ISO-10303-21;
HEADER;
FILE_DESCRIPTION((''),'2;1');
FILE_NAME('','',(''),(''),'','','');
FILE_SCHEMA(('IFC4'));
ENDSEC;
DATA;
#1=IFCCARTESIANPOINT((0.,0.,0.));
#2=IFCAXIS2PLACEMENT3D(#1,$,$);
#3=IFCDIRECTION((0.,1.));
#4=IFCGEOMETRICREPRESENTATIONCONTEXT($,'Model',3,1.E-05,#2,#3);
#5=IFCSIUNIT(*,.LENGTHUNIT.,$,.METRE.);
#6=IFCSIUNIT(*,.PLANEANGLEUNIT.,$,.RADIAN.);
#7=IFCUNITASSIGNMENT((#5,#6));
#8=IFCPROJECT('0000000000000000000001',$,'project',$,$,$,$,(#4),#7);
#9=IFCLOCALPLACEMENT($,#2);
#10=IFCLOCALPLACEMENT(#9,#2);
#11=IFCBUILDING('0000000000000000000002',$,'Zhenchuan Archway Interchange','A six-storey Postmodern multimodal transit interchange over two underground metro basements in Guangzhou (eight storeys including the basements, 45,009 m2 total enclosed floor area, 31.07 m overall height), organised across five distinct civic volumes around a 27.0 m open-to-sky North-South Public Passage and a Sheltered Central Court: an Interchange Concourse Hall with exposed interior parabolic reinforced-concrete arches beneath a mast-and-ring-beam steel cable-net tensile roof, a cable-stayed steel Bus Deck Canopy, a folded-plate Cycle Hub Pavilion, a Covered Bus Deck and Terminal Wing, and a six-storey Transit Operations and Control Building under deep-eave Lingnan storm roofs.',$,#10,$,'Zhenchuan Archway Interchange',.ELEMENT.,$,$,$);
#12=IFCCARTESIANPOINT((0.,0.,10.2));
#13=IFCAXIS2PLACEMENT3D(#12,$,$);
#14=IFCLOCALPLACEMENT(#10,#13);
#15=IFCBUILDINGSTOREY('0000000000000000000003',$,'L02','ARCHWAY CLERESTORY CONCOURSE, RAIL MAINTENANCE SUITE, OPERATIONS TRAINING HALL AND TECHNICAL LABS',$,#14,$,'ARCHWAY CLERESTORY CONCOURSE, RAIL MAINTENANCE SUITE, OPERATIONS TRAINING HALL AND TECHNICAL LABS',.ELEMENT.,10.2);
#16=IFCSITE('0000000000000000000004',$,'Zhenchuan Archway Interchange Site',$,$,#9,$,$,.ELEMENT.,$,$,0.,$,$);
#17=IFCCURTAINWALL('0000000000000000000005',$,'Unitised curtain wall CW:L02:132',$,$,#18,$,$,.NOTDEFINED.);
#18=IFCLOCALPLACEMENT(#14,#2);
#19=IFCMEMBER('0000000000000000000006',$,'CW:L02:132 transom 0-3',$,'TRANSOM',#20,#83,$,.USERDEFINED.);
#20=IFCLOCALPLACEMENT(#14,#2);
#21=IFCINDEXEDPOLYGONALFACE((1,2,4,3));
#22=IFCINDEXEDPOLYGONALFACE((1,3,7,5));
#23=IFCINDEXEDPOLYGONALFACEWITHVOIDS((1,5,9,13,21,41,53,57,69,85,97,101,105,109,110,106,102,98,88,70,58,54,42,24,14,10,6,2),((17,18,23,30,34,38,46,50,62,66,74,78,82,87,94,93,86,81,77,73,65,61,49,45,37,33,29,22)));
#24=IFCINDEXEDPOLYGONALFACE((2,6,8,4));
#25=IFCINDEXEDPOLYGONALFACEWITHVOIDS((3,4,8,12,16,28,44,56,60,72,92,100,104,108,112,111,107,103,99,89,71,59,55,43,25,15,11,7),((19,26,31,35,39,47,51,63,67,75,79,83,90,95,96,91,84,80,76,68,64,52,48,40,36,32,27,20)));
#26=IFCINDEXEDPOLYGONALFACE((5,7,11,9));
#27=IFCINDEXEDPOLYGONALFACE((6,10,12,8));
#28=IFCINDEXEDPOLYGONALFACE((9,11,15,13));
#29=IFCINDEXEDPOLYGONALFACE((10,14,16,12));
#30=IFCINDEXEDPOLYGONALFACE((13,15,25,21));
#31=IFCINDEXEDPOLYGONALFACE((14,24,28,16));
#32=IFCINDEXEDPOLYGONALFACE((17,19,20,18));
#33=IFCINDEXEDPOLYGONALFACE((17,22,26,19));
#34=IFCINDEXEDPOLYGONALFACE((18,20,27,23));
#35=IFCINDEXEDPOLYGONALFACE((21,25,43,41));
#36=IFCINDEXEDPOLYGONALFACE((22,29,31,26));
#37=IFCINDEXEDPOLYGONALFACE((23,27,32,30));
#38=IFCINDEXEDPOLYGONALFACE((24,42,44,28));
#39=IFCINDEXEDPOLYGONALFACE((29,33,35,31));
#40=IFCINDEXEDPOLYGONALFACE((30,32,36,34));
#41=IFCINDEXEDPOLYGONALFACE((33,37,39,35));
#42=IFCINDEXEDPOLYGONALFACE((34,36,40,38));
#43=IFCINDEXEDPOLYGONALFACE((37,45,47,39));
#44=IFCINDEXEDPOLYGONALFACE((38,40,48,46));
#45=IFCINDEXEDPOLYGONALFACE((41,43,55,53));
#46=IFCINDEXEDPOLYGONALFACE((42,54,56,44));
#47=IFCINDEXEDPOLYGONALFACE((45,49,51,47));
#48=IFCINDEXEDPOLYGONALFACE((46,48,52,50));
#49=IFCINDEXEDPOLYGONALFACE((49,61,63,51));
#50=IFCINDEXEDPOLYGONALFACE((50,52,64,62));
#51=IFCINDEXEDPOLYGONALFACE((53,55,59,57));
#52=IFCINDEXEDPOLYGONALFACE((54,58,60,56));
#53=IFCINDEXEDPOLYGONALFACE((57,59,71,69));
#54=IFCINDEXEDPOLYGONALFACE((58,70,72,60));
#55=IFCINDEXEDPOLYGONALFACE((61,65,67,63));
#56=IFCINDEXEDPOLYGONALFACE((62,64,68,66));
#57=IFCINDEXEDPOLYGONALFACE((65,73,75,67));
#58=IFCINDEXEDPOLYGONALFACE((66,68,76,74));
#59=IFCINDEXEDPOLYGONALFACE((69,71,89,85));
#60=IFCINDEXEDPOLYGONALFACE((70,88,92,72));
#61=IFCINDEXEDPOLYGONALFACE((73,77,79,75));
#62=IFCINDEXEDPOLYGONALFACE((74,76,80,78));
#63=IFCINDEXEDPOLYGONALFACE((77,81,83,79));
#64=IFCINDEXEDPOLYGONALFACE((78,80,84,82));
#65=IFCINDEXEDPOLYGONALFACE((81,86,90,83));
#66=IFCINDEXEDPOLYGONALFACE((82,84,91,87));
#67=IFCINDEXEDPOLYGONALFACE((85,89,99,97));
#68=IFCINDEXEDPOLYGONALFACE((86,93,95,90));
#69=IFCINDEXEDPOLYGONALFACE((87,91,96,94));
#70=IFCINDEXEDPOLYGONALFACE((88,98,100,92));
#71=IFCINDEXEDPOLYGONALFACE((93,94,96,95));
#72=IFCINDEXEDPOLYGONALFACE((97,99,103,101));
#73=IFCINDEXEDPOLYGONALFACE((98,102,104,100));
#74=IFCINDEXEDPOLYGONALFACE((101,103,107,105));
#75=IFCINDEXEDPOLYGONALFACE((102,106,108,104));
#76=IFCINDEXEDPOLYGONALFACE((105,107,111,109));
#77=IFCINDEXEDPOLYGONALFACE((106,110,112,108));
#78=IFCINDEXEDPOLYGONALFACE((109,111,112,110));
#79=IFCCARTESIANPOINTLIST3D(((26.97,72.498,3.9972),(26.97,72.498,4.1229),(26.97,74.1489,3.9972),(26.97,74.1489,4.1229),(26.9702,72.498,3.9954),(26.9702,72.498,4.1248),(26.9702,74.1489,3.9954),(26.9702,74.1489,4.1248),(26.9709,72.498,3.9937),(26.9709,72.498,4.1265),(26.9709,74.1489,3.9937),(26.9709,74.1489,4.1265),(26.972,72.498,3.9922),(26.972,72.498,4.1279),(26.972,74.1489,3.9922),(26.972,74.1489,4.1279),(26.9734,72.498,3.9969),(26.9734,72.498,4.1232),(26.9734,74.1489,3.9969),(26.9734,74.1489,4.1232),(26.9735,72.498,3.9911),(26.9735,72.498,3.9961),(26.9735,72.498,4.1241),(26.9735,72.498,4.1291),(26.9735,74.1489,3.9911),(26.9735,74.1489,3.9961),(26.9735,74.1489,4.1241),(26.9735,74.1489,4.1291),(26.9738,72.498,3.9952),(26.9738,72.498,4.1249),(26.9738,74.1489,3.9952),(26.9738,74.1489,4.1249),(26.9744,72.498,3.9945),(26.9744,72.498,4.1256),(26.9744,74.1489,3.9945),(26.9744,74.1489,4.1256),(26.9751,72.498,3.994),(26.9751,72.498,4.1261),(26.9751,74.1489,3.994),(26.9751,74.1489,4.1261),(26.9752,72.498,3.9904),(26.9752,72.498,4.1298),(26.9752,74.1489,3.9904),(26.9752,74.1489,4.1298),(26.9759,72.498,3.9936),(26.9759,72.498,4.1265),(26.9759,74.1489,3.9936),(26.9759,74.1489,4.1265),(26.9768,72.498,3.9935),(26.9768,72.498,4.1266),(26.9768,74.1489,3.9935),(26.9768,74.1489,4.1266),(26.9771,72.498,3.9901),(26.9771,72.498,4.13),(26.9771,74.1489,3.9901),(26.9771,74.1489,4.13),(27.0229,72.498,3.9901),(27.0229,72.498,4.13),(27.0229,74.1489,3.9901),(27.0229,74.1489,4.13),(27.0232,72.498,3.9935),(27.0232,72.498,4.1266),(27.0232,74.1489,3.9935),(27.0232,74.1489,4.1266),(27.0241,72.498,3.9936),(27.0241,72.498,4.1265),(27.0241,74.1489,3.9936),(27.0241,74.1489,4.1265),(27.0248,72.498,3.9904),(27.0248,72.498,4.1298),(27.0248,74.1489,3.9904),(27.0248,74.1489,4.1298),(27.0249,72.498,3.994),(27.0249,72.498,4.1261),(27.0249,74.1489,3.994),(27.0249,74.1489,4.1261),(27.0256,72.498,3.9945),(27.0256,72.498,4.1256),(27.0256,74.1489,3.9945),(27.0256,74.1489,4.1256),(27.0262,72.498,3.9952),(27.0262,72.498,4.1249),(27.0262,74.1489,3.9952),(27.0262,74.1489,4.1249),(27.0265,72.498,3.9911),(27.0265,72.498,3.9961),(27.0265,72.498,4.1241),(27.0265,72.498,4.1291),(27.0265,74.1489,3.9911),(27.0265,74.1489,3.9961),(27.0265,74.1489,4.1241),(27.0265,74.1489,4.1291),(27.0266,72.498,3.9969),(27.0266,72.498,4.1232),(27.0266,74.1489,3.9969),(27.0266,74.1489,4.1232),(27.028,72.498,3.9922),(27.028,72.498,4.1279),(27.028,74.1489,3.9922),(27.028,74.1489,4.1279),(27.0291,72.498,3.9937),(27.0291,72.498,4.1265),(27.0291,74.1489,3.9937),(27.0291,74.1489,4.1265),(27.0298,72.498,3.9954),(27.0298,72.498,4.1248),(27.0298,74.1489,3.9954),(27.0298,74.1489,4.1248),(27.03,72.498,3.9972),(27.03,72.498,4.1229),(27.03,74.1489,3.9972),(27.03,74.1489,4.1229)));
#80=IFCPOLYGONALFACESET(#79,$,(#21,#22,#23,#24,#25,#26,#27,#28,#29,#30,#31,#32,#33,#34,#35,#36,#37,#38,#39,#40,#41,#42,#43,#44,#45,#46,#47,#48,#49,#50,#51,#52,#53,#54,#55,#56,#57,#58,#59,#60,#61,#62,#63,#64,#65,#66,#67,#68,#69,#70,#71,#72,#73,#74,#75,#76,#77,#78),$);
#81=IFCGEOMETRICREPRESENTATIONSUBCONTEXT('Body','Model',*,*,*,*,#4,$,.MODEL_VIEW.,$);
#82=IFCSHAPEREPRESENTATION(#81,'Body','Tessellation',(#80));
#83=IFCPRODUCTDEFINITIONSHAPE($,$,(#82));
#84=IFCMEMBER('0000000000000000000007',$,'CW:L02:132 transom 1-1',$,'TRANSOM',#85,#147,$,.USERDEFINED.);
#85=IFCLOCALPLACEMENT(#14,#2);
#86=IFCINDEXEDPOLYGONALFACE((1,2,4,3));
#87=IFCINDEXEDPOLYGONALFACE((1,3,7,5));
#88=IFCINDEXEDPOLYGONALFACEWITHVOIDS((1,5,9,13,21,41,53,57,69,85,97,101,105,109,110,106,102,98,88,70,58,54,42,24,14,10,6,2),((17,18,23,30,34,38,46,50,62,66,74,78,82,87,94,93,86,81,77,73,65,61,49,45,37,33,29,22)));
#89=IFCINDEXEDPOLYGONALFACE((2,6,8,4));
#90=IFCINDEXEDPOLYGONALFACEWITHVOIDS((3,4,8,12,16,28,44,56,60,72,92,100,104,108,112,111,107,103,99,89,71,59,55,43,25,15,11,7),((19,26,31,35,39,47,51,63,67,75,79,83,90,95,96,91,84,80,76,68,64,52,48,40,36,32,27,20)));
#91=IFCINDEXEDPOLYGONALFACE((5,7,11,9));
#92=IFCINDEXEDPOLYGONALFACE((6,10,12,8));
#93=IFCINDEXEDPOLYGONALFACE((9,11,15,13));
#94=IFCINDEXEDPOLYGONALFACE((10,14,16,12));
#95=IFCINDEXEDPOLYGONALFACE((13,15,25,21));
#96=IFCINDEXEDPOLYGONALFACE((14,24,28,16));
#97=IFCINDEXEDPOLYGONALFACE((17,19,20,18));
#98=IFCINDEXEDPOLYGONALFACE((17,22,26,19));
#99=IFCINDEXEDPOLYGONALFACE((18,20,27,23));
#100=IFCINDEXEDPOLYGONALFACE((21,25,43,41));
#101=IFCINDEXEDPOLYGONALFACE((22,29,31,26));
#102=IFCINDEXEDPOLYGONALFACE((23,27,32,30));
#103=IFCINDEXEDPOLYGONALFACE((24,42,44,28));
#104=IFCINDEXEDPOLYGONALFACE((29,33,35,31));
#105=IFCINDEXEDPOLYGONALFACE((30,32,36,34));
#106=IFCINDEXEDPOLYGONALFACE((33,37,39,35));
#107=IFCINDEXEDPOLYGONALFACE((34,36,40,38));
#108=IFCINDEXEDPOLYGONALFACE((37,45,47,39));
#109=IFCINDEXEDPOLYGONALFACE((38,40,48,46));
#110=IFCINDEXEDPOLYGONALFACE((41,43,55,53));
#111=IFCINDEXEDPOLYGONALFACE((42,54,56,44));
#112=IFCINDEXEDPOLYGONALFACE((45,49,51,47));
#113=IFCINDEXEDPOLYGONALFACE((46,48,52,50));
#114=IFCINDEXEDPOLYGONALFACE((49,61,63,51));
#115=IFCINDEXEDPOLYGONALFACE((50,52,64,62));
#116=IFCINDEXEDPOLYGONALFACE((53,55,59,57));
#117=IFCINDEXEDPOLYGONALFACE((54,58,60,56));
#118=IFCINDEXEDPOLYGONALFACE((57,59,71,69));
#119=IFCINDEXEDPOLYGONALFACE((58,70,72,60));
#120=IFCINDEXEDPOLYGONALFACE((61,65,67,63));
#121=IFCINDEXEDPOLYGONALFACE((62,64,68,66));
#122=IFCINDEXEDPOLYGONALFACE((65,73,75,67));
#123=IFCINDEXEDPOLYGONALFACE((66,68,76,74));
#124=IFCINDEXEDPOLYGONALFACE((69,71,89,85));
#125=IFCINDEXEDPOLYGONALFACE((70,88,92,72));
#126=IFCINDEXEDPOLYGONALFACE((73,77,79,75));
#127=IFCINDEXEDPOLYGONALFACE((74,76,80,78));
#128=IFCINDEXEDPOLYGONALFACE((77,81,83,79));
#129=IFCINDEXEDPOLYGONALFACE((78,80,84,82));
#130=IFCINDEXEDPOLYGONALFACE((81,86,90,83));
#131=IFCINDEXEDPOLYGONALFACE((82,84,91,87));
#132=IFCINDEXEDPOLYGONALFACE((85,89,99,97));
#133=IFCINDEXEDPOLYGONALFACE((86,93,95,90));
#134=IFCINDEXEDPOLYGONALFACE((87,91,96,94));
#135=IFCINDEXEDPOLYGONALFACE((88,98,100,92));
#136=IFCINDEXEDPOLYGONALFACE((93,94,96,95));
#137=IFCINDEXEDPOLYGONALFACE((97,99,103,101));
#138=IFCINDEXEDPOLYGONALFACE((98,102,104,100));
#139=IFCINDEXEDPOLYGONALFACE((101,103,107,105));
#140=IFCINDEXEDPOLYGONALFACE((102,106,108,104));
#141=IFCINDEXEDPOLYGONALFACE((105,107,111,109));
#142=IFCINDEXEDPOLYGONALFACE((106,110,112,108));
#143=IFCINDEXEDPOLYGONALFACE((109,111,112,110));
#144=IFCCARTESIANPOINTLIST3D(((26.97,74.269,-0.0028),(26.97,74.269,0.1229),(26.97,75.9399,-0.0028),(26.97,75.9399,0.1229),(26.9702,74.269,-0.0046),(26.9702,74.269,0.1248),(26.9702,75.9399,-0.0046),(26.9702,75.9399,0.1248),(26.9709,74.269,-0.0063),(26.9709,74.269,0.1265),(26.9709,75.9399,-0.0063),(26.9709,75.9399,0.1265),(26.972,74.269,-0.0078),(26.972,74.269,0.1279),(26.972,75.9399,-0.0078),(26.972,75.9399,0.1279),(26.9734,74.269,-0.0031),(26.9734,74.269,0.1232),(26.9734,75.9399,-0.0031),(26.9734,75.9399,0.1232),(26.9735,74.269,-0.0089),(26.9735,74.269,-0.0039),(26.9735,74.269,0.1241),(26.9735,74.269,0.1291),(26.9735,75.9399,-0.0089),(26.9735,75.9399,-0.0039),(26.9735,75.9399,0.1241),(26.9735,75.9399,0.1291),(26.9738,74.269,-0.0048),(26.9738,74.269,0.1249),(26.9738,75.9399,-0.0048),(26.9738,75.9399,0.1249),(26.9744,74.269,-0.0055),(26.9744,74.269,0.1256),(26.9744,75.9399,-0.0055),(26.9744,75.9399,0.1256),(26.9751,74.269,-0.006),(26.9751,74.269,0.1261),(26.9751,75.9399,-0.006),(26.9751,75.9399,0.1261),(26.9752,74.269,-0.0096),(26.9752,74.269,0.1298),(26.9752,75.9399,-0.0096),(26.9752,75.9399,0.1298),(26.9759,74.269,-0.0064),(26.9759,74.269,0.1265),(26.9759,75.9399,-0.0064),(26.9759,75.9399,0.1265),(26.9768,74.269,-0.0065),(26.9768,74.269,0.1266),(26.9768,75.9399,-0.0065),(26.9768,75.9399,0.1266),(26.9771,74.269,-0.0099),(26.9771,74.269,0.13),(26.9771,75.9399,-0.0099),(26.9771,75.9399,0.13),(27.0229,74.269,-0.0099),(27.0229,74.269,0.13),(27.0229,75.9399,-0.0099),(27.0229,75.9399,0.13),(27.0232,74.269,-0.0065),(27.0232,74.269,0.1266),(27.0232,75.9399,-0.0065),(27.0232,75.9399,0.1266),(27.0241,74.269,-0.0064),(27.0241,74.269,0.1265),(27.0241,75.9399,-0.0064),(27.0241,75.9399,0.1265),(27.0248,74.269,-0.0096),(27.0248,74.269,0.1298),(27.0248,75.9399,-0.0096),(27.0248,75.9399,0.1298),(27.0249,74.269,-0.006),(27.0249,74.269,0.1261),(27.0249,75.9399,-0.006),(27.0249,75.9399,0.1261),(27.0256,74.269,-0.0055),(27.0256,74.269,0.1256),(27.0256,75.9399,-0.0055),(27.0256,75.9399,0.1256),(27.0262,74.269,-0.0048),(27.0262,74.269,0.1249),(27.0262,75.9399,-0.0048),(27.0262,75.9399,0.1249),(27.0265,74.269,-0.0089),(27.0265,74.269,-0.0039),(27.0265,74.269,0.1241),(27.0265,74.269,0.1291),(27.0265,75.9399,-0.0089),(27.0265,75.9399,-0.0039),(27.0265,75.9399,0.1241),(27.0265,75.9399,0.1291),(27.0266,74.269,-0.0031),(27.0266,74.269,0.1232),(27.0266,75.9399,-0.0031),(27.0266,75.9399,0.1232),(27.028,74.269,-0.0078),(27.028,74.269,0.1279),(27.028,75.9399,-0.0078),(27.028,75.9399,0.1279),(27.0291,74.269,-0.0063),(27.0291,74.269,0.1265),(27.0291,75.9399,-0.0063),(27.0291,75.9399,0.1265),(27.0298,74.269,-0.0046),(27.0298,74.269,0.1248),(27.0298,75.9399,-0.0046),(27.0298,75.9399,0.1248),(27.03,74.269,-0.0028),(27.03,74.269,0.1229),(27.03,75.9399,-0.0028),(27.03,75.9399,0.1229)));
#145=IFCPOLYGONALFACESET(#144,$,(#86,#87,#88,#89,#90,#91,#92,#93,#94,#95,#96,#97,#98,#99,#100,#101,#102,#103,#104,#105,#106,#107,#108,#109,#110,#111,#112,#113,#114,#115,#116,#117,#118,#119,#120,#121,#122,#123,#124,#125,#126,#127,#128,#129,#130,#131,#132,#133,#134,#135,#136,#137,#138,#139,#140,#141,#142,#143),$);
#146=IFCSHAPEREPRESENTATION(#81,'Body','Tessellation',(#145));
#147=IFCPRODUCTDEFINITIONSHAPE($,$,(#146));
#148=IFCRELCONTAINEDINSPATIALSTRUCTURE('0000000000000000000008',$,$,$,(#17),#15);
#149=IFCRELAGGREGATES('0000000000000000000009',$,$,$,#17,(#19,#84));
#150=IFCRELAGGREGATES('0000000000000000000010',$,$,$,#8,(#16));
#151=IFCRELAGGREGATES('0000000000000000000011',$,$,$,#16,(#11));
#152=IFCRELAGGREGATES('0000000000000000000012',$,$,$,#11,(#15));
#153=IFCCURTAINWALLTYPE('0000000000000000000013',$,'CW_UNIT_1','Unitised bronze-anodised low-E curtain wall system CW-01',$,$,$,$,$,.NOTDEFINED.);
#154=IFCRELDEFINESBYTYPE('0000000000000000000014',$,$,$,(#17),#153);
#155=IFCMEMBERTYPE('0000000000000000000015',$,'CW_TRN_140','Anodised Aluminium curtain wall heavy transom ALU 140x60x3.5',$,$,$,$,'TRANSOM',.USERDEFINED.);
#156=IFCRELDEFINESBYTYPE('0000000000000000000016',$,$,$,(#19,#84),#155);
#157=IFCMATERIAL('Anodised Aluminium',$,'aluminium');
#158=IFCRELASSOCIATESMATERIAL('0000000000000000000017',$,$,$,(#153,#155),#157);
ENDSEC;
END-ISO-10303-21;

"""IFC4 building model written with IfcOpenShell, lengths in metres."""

from ifc_helpers import new_model, si_unit, direction, frame, origin, origin_2d, place, context, subcontext, project, spatial, hollow_rectangle, extrude, material, material_profile, profile_set, type_object, element, aggregate, save


model = new_model("IFC4")

# Units and contexts
model_context = context("Model", 3, precision=1e-05, world=origin(), true_north=direction((0.0, 1.0)))
body_context = subcontext(model_context, "Body", "Model", "MODEL_VIEW")
ifc_project = project(units=[si_unit("LENGTHUNIT", "METRE"), si_unit("PLANEANGLEUNIT", "RADIAN")], contexts=[model_context])

# Site, building, storey
site_placement = place(None, origin())
site = spatial("IfcSite", under=ifc_project, at=site_placement, Name="Zhenchuan Archway Interchange Site", CompositionType="ELEMENT", RefElevation=0.0)
building_placement = place(site_placement, origin())
building = spatial("IfcBuilding", under=site, at=building_placement, Name="Zhenchuan Archway Interchange", Description="A six-storey Postmodern multimodal transit interchange over two underground metro basements in Guangzhou (eight storeys including the basements, 45,009 m2 total enclosed floor area, 31.07 m overall height), organised across five distinct civic volumes around a 27.0 m open-to-sky North-South Public Passage and a Sheltered Central Court: an Interchange Concourse Hall with exposed interior parabolic reinforced-concrete arches beneath a mast-and-ring-beam steel cable-net tensile roof, a cable-stayed steel Bus Deck Canopy, a folded-plate Cycle Hub Pavilion, a Covered Bus Deck and Terminal Wing, and a six-storey Transit Operations and Control Building under deep-eave Lingnan storm roofs.", LongName="Zhenchuan Archway Interchange", CompositionType="ELEMENT")
storey_placement = place(building_placement, frame((0.0, 0.0, 10.2)))
storey = spatial("IfcBuildingStorey", under=building, at=storey_placement, Name="L02", Description="ARCHWAY CLERESTORY CONCOURSE, RAIL MAINTENANCE SUITE, OPERATIONS TRAINING HALL AND TECHNICAL LABS", LongName="ARCHWAY CLERESTORY CONCOURSE, RAIL MAINTENANCE SUITE, OPERATIONS TRAINING HALL AND TECHNICAL LABS", CompositionType="ELEMENT", Elevation=10.2)

# Curtain wall, members
ifc_material_1 = material(Name="Anodised Aluminium", Category="aluminium")
curtain_wall_type = type_object("IfcCurtainWallType", Name="CW_UNIT_1", Description="Unitised bronze-anodised low-E curtain wall system CW-01", PredefinedType="NOTDEFINED", material=ifc_material_1)
curtain_wall_placement = place(storey_placement, origin())
curtain_wall = element("IfcCurtainWall", 1, at=curtain_wall_placement, inside=storey, type_object=curtain_wall_type, Name="Unitised curtain wall CW:L02:132", PredefinedType="NOTDEFINED")
ifc_material_profile_1 = material_profile(ifc_material_1, hollow_rectangle(XDim=0.0601, YDim=0.1399, WallThickness=0.0034, InnerFilletRadius=0.0034, OuterFilletRadius=0.0071, at=origin_2d()), Name="ALU 140x60x3.5")
ifc_profile_set_1 = profile_set([ifc_material_profile_1], Name="Anodised Aluminium")
member_type_1 = type_object("IfcMemberType", Name="CW_TRN_140", Description="Anodised Aluminium curtain wall heavy transom ALU 140x60x3.5", ElementType="TRANSOM", PredefinedType="USERDEFINED", material=ifc_profile_set_1)
member_1_placement = place(storey_placement, frame((27.0, 72.498, 4.0601), z_axis=(0.0, 1.0, 0.0), x_axis=(-1.0, 0.0, 0.0)))
member_1 = element("IfcMember", 2, at=member_1_placement, type_object=member_type_1, Name="CW:L02:132 transom 0-3", ObjectType="TRANSOM", PredefinedType="USERDEFINED", context=body_context, shape_type="SweptSolid", body=[
    extrude(hollow_rectangle(XDim=0.0601, YDim=0.1399, WallThickness=0.0034, InnerFilletRadius=0.0034, OuterFilletRadius=0.0071, at=origin_2d()), origin(), (0.0, 0.0, 1.0), 1.6509),
])
member_2_placement = place(storey_placement, frame((27.0, 74.269, 0.0601), z_axis=(0.0, 1.0, 0.0), x_axis=(-1.0, 0.0, 0.0)))
member_2 = element("IfcMember", 3, at=member_2_placement, type_object=member_type_1, Name="CW:L02:132 transom 1-1", ObjectType="TRANSOM", PredefinedType="USERDEFINED", context=body_context, shape_type="SweptSolid", body=[
    extrude(hollow_rectangle(XDim=0.0601, YDim=0.1399, WallThickness=0.0034, InnerFilletRadius=0.0034, OuterFilletRadius=0.0071, at=origin_2d()), origin(), (0.0, 0.0, 1.0), 1.6709),
])

aggregate(curtain_wall, [member_1, member_2])

save(model, "model.ifc")
